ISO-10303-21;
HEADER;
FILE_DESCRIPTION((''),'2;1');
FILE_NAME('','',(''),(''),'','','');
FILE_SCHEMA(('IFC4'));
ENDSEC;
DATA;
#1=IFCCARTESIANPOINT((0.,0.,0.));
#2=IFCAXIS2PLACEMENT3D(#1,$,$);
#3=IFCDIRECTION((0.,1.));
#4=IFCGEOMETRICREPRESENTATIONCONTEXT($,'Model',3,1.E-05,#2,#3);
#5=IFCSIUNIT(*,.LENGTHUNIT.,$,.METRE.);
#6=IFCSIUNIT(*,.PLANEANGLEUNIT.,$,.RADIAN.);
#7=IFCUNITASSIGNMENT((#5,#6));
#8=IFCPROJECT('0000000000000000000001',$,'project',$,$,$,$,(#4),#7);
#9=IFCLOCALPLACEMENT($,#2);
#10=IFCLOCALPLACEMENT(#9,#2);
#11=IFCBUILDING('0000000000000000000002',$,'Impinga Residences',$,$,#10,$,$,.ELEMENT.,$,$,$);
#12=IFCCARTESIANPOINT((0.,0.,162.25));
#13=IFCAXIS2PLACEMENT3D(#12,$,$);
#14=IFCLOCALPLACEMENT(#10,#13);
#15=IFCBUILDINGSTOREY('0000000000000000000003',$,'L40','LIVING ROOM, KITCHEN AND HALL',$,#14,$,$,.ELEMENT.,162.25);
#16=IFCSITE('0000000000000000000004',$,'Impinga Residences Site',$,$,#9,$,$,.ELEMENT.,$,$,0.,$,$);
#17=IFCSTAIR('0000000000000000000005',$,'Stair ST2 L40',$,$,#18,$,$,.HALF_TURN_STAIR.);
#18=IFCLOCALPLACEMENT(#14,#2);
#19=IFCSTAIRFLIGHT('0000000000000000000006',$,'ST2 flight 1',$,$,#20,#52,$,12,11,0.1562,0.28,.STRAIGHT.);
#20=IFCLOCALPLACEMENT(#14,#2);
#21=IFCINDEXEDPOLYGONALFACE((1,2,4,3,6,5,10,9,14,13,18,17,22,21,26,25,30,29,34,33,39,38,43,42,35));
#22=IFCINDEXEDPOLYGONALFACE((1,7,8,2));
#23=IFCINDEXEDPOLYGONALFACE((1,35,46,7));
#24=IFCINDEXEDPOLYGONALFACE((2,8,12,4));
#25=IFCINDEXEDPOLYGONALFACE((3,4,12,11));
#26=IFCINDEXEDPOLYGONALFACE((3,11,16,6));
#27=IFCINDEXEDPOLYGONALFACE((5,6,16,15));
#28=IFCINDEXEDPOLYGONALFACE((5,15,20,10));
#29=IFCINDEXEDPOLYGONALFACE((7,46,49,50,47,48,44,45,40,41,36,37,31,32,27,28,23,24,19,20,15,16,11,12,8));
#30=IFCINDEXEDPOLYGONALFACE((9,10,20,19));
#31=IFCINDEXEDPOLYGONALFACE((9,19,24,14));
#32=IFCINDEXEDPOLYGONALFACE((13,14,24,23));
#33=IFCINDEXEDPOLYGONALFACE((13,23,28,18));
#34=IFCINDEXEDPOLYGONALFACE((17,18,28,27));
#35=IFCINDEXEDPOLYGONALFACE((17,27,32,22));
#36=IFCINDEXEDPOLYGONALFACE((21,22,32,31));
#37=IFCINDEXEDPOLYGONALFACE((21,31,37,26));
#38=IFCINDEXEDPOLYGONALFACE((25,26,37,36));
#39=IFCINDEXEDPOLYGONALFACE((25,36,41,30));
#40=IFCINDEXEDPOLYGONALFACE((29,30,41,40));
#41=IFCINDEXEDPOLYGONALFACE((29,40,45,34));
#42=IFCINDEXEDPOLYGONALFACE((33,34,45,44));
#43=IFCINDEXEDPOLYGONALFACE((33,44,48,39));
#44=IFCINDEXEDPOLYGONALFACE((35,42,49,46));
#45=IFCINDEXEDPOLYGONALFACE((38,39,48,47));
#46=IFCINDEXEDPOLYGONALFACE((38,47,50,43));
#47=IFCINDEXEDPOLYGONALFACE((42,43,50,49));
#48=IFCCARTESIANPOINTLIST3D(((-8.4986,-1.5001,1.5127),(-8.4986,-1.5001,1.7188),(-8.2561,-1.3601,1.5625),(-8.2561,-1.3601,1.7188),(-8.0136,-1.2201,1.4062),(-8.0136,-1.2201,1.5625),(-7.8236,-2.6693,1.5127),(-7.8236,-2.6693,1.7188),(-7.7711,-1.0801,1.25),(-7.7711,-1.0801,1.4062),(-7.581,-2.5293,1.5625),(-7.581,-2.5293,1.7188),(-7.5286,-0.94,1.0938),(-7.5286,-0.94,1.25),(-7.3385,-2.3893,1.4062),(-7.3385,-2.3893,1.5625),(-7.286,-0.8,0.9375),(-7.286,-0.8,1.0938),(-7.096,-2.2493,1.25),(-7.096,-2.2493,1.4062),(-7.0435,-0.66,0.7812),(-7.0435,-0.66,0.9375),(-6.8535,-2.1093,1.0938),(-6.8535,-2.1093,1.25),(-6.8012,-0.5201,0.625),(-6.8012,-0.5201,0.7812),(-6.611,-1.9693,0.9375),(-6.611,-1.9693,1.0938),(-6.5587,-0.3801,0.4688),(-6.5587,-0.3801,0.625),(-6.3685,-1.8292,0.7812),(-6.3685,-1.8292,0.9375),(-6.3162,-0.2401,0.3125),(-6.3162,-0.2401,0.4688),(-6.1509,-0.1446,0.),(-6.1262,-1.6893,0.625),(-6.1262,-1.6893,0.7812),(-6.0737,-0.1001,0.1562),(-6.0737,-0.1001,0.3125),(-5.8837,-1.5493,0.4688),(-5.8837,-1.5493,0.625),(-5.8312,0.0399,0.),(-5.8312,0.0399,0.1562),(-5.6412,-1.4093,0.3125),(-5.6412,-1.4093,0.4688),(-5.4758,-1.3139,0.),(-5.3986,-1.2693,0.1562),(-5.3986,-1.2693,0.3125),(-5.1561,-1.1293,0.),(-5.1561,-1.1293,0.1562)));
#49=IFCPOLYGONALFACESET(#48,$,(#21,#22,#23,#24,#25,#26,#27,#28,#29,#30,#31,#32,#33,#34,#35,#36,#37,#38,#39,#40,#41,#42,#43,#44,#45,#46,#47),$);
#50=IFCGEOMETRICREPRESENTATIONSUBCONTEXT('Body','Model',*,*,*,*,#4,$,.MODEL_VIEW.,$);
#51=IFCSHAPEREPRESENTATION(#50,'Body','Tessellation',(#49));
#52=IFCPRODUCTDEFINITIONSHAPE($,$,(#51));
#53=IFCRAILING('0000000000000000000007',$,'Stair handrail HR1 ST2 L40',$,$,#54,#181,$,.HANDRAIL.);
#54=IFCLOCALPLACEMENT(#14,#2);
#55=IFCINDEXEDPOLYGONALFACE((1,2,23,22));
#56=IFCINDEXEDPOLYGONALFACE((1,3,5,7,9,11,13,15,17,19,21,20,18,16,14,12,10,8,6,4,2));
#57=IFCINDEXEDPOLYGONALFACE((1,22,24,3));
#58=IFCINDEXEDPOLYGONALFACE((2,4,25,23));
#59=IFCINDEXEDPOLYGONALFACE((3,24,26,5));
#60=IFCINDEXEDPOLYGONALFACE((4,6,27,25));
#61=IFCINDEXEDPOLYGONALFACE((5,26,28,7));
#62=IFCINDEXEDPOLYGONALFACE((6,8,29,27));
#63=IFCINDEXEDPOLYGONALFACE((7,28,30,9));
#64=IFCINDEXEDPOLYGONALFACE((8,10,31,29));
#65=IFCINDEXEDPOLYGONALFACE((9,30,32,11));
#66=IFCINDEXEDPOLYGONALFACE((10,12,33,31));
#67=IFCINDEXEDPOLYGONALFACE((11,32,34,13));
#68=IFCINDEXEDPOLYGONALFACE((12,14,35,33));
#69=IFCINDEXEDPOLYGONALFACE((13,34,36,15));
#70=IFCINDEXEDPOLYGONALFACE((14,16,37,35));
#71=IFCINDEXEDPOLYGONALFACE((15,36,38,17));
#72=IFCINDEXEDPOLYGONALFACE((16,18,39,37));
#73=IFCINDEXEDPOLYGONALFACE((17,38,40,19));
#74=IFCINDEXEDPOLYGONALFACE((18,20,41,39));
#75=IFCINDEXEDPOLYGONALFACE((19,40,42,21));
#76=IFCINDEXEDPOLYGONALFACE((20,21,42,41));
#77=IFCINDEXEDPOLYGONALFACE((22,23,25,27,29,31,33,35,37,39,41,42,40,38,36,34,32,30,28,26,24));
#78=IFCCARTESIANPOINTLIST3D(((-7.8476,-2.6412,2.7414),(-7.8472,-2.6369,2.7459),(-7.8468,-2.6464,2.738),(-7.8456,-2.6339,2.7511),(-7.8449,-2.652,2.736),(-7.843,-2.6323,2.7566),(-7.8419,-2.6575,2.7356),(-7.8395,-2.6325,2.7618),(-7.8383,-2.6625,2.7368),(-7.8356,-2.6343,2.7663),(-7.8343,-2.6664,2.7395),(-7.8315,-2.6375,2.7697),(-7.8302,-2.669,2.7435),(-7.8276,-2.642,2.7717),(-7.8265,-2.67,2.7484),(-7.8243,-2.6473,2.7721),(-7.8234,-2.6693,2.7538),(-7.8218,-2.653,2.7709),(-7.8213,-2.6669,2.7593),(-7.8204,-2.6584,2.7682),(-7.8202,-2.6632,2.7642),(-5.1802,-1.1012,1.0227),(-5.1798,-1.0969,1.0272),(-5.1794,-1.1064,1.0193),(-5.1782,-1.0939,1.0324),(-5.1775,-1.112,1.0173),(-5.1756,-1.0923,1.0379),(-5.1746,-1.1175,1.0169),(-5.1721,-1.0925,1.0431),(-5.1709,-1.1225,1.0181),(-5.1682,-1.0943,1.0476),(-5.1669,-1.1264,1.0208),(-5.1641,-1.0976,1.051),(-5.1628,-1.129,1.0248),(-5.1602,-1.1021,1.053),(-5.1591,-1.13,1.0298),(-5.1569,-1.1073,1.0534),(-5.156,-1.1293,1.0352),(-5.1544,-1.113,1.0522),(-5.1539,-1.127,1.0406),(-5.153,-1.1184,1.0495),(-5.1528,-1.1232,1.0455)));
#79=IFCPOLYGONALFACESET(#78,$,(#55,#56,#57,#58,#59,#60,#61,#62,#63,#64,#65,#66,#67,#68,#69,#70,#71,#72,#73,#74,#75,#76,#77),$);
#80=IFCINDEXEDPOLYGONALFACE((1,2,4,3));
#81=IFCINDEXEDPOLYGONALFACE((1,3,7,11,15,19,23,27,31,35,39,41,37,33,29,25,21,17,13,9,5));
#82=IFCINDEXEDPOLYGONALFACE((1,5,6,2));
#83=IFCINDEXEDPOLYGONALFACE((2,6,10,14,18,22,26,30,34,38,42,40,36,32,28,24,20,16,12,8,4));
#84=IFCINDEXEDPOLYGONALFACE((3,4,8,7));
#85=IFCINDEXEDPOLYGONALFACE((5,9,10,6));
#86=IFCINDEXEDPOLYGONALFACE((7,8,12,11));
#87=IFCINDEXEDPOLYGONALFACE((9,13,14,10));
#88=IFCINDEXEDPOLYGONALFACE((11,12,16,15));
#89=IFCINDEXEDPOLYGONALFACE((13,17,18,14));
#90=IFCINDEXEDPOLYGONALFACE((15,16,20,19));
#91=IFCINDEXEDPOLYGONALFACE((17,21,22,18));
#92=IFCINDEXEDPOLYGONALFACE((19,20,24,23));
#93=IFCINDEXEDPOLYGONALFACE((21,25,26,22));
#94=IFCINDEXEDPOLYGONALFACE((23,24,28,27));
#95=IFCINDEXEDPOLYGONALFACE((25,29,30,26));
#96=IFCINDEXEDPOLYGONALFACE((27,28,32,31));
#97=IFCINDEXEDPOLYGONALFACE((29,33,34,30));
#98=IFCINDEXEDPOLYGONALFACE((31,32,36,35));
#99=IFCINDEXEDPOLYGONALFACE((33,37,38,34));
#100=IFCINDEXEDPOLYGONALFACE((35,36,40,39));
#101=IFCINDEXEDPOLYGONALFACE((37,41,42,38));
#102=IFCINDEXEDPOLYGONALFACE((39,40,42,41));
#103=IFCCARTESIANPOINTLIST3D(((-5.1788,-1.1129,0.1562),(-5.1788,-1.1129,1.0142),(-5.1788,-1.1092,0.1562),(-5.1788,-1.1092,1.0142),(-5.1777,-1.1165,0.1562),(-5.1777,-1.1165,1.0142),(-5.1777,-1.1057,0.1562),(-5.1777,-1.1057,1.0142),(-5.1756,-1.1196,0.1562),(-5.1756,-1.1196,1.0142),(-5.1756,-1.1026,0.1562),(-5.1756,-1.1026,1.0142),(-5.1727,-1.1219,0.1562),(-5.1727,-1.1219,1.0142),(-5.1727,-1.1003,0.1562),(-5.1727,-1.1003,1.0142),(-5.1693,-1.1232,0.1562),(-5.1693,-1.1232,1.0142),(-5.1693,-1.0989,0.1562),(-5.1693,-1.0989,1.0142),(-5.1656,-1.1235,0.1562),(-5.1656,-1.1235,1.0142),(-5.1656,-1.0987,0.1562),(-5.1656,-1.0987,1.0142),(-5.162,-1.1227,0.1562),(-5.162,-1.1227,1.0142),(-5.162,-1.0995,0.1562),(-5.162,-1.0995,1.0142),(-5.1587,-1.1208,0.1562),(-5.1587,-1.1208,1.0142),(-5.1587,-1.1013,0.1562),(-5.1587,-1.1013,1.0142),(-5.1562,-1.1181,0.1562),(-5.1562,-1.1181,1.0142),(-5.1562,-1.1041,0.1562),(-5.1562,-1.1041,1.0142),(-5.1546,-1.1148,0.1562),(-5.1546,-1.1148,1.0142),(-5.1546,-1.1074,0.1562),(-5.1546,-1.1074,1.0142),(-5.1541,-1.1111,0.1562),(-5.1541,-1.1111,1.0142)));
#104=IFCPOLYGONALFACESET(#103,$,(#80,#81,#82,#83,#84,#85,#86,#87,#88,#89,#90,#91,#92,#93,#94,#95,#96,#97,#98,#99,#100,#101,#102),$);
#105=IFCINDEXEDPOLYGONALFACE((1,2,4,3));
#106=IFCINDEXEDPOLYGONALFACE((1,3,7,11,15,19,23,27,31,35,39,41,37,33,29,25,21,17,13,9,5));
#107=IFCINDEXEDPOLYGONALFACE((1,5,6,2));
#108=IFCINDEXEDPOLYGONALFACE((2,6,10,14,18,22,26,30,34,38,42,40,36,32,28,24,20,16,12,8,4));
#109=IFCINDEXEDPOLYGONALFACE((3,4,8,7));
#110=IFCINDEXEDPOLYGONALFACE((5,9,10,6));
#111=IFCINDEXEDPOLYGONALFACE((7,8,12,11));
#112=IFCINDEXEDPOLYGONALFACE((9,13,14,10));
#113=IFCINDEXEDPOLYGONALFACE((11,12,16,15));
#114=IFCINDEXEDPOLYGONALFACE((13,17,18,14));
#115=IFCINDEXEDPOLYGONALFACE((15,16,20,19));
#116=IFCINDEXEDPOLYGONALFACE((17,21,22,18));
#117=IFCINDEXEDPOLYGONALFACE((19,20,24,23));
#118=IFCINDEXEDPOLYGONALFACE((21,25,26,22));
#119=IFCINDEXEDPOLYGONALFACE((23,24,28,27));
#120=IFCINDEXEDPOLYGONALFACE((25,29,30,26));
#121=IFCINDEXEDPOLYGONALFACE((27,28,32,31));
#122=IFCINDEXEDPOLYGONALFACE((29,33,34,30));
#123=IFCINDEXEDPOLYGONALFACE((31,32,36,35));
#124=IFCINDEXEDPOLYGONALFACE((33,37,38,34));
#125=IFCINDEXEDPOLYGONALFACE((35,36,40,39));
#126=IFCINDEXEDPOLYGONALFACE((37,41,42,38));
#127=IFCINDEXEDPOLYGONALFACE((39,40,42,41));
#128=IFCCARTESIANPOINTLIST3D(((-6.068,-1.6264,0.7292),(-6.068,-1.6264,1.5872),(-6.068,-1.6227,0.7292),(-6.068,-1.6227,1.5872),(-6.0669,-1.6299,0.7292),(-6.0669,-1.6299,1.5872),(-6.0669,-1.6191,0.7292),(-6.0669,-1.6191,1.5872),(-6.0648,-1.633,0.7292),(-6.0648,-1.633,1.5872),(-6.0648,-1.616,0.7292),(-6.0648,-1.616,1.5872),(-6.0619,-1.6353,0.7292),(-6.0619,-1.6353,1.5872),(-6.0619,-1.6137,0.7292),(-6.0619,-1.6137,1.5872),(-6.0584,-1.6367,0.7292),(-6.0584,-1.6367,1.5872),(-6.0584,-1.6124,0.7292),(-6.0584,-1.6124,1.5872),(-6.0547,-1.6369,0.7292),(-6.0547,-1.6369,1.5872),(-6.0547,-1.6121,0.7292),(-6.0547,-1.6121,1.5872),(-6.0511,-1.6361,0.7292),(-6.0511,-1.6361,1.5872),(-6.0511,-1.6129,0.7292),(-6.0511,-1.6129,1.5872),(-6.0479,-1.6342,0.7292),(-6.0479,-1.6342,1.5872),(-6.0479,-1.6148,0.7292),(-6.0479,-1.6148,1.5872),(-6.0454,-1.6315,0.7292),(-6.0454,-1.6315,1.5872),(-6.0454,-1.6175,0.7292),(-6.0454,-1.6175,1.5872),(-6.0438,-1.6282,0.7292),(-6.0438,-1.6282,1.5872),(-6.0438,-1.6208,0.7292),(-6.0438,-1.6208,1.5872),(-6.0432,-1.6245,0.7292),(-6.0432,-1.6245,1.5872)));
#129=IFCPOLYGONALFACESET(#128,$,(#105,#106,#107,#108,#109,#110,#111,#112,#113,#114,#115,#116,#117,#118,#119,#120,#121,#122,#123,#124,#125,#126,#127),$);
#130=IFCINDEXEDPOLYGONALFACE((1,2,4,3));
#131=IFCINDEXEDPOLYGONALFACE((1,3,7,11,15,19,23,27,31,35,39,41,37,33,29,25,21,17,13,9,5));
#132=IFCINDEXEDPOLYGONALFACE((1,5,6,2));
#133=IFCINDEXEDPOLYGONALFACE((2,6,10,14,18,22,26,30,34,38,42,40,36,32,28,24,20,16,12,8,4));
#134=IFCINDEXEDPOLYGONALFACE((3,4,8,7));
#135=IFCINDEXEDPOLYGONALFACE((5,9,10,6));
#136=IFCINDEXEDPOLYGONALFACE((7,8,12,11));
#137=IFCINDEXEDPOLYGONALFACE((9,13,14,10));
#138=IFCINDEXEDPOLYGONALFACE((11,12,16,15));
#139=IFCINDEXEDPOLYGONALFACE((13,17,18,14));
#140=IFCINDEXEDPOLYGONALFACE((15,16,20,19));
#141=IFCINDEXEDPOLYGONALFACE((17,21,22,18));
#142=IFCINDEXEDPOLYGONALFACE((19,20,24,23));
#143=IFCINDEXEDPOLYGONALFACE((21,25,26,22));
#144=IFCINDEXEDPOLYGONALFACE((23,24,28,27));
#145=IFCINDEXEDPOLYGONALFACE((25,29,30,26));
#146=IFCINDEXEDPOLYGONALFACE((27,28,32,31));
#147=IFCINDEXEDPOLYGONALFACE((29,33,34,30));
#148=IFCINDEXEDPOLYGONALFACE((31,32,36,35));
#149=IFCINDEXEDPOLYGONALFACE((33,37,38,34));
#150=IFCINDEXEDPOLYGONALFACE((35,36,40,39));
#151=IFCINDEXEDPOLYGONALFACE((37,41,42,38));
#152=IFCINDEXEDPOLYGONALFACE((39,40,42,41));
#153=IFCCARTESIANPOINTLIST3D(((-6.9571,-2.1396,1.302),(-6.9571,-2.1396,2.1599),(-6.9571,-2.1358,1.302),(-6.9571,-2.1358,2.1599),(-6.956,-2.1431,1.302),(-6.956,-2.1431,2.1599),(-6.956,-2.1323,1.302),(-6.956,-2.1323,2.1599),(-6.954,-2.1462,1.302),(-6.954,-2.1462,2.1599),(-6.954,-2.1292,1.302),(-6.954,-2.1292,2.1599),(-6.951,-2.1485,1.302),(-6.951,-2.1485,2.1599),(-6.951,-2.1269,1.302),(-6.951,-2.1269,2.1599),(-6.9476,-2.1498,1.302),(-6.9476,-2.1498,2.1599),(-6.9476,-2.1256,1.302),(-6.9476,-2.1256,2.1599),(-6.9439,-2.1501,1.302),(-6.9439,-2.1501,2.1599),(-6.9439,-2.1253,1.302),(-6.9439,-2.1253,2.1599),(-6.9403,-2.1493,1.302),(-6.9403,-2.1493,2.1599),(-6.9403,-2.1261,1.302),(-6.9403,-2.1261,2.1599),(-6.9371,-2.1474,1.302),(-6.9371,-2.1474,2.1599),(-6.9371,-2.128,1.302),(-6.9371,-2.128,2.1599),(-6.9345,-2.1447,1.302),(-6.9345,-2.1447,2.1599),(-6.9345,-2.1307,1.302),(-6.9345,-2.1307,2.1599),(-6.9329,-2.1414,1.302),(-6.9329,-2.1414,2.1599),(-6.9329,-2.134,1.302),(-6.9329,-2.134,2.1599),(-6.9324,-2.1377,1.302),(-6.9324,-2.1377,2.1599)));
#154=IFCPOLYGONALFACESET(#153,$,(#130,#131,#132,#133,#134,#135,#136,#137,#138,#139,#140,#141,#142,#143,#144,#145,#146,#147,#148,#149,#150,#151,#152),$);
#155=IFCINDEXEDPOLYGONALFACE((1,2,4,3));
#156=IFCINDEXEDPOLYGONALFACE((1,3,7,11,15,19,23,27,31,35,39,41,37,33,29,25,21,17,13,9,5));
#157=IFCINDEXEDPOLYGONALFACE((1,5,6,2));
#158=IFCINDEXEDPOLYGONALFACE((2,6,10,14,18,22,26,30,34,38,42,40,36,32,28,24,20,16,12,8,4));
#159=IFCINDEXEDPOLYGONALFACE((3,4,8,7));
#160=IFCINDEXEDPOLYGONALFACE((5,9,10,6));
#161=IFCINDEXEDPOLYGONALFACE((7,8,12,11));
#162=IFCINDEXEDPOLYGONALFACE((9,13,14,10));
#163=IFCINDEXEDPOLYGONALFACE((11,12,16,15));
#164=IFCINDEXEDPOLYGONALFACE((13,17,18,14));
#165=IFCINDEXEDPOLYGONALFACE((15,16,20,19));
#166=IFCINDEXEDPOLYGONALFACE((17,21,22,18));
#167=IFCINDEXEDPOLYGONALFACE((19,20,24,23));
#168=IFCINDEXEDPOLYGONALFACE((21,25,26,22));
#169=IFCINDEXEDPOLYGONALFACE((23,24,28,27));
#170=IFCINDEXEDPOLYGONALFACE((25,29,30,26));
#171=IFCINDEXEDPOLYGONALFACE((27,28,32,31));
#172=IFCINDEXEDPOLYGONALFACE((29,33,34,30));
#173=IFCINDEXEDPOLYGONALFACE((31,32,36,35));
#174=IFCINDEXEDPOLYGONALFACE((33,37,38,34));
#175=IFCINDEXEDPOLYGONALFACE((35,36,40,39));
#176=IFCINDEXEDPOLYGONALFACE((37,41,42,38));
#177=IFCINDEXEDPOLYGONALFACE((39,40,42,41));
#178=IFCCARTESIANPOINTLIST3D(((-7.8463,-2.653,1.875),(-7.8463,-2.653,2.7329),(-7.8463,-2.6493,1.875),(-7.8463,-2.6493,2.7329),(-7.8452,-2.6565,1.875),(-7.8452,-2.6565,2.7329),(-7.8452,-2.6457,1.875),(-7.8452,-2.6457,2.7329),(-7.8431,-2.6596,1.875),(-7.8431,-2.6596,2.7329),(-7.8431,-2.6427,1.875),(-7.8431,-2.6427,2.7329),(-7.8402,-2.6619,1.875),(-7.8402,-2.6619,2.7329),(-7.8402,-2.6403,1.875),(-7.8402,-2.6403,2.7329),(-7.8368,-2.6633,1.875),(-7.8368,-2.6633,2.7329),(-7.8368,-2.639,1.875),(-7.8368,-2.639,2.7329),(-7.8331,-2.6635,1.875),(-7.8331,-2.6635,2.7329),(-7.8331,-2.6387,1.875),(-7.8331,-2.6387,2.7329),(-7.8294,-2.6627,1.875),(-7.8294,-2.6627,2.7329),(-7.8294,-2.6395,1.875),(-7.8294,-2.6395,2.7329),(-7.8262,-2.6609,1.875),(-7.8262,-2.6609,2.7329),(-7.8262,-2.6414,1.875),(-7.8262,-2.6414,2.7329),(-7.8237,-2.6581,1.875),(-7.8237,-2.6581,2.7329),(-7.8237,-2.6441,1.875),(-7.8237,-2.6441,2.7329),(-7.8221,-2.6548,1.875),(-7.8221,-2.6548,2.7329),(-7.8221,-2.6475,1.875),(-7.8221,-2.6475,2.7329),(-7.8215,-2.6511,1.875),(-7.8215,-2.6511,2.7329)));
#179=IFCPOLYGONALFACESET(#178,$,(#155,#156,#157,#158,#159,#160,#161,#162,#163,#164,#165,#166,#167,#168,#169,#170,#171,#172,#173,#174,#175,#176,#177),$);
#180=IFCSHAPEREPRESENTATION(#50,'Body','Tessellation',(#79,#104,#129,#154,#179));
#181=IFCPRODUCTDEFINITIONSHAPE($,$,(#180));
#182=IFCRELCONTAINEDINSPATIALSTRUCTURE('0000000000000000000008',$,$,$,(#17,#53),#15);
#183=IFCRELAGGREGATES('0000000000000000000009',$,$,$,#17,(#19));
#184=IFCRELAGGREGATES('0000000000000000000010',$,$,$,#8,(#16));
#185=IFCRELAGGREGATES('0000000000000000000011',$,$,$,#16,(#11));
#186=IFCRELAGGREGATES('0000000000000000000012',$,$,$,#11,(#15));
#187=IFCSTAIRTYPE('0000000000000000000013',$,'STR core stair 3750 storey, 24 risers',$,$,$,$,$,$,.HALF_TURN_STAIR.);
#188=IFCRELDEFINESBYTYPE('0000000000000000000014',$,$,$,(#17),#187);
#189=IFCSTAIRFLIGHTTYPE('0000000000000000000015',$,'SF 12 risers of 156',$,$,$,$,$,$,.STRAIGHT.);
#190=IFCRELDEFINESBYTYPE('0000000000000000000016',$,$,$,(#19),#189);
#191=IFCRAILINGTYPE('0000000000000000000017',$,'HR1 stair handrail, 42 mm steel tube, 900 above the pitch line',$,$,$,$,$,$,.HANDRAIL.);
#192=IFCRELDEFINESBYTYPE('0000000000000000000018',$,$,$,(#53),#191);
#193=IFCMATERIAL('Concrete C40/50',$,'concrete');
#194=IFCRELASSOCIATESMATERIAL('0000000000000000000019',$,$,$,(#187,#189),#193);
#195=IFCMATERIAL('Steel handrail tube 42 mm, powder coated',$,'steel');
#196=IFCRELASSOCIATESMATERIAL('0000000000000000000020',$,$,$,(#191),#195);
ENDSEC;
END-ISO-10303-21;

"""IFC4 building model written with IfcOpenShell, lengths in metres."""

from ifc_helpers import new_model, si_unit, direction, frame, origin, origin_2d, place, context, subcontext, project, spatial, polyline, circle, outline, extrude, material, type_object, element, aggregate, save


model = new_model("IFC4")

# Units and contexts
model_context = context("Model", 3, precision=1e-05, world=origin(), true_north=direction((0.0, 1.0)))
body_context = subcontext(model_context, "Body", "Model", "MODEL_VIEW")
ifc_project = project(units=[si_unit("LENGTHUNIT", "METRE"), si_unit("PLANEANGLEUNIT", "RADIAN")], contexts=[model_context])

# Site, building, storey
site_placement = place(None, origin())
site = spatial("IfcSite", under=ifc_project, at=site_placement, Name="Impinga Residences Site", CompositionType="ELEMENT", RefElevation=0.0)
building_placement = place(site_placement, origin())
building = spatial("IfcBuilding", under=site, at=building_placement, Name="Impinga Residences", CompositionType="ELEMENT")
storey_placement = place(building_placement, frame((0.0, 0.0, 162.25)))
storey = spatial("IfcBuildingStorey", under=building, at=storey_placement, Name="L40", Description="LIVING ROOM, KITCHEN AND HALL", CompositionType="ELEMENT", Elevation=162.25)

# Stair
ifc_material_1 = material(Name="Concrete C40/50", Category="concrete")
stair_type_1 = type_object("IfcStairType", Name="STR core stair 3750 storey, 24 risers", PredefinedType="HALF_TURN_STAIR", material=ifc_material_1)
stair_1_placement = place(storey_placement, origin())
stair_1 = element("IfcStair", 1, at=stair_1_placement, inside=storey, type_object=stair_type_1, Name="Stair ST2 L40", PredefinedType="HALF_TURN_STAIR")

# Stair flight
stair_flight_type = type_object("IfcStairFlightType", Name="SF 12 risers of 156", PredefinedType="STRAIGHT", material=ifc_material_1)
stair_flight_placement = place(storey_placement, frame((-5.4937, -0.5447, 0.0), z_axis=(0.0, 0.0, 1.0), x_axis=(-0.866025, -0.5, 0.0)))
stair_flight = element("IfcStairFlight", 2, at=stair_flight_placement, type_object=stair_flight_type, Name="ST2 flight 1", NumberOfRisers=12, NumberOfTreads=11, PredefinedType="STRAIGHT", RiserHeight=0.1562, TreadLength=0.28, context=body_context, shape_type="SweptSolid", body=[
    extrude(outline(polyline([(0.0, 0.0), (0.0, 0.1562), (0.28, 0.1562), (0.28, 0.3125), (0.5601, 0.3125), (0.5601, 0.4688), (0.8401, 0.4688), (0.8401, 0.625), (1.1201, 0.625), (1.1201, 0.7812), (1.3999, 0.7812), (1.3999, 0.9375), (1.6799, 0.9375), (1.6799, 1.0938), (1.96, 1.0938), (1.96, 1.25), (2.24, 1.25), (2.24, 1.4062), (2.52, 1.4062), (2.52, 1.5625), (2.8, 1.5625), (2.8, 1.7188), (3.0801, 1.7188), (3.0801, 1.875), (3.0801, 1.5127), (0.3691, 0.0), (0.0, 0.0)])), frame((0.0, 0.675, 0.0), z_axis=(0.0, -1.0, 0.0), x_axis=(1.0, 0.0, 0.0)), (0.0, 0.0, 1.0), 1.3501),
])
aggregate(stair_1, [stair_flight])

# Railing
ifc_material_2 = material(Name="Steel handrail tube 42 mm, powder coated", Category="steel")
railing_type = type_object("IfcRailingType", Name="HR1 stair handrail, 42 mm steel tube, 900 above the pitch line", PredefinedType="HANDRAIL", material=ifc_material_2)
railing_placement = place(storey_placement, frame((-5.1665, -1.1111, 0.1562)))
element("IfcRailing", 3, at=railing_placement, inside=storey, type_object=railing_type, Name="Stair handrail HR1 ST2 L40", PredefinedType="HANDRAIL", context=body_context, shape_type="SweptSolid", body=[
    extrude(circle(Radius=0.021, at=origin_2d()), frame((0.0, 0.0, 0.8789), z_axis=(-0.756256, -0.436616, 0.487282), x_axis=(0.499992, -0.86603, 0.0)), (0.0, 0.0, 1.0), 3.5271),
    extrude(circle(Radius=0.0125, at=origin_2d()), origin(), (0.0, 0.0, 1.0), 0.8579),
    extrude(circle(Radius=0.0125, at=origin_2d()), frame((-0.8892, -0.5134, 0.573)), (0.0, 0.0, 1.0), 0.8579),
    extrude(circle(Radius=0.0125, at=origin_2d()), frame((-1.7783, -1.0266, 1.1458)), (0.0, 0.0, 1.0), 0.8579),
    extrude(circle(Radius=0.0125, at=origin_2d()), frame((-2.6675, -1.54, 1.7188)), (0.0, 0.0, 1.0), 0.8579),
])

save(model, "model.ifc")
